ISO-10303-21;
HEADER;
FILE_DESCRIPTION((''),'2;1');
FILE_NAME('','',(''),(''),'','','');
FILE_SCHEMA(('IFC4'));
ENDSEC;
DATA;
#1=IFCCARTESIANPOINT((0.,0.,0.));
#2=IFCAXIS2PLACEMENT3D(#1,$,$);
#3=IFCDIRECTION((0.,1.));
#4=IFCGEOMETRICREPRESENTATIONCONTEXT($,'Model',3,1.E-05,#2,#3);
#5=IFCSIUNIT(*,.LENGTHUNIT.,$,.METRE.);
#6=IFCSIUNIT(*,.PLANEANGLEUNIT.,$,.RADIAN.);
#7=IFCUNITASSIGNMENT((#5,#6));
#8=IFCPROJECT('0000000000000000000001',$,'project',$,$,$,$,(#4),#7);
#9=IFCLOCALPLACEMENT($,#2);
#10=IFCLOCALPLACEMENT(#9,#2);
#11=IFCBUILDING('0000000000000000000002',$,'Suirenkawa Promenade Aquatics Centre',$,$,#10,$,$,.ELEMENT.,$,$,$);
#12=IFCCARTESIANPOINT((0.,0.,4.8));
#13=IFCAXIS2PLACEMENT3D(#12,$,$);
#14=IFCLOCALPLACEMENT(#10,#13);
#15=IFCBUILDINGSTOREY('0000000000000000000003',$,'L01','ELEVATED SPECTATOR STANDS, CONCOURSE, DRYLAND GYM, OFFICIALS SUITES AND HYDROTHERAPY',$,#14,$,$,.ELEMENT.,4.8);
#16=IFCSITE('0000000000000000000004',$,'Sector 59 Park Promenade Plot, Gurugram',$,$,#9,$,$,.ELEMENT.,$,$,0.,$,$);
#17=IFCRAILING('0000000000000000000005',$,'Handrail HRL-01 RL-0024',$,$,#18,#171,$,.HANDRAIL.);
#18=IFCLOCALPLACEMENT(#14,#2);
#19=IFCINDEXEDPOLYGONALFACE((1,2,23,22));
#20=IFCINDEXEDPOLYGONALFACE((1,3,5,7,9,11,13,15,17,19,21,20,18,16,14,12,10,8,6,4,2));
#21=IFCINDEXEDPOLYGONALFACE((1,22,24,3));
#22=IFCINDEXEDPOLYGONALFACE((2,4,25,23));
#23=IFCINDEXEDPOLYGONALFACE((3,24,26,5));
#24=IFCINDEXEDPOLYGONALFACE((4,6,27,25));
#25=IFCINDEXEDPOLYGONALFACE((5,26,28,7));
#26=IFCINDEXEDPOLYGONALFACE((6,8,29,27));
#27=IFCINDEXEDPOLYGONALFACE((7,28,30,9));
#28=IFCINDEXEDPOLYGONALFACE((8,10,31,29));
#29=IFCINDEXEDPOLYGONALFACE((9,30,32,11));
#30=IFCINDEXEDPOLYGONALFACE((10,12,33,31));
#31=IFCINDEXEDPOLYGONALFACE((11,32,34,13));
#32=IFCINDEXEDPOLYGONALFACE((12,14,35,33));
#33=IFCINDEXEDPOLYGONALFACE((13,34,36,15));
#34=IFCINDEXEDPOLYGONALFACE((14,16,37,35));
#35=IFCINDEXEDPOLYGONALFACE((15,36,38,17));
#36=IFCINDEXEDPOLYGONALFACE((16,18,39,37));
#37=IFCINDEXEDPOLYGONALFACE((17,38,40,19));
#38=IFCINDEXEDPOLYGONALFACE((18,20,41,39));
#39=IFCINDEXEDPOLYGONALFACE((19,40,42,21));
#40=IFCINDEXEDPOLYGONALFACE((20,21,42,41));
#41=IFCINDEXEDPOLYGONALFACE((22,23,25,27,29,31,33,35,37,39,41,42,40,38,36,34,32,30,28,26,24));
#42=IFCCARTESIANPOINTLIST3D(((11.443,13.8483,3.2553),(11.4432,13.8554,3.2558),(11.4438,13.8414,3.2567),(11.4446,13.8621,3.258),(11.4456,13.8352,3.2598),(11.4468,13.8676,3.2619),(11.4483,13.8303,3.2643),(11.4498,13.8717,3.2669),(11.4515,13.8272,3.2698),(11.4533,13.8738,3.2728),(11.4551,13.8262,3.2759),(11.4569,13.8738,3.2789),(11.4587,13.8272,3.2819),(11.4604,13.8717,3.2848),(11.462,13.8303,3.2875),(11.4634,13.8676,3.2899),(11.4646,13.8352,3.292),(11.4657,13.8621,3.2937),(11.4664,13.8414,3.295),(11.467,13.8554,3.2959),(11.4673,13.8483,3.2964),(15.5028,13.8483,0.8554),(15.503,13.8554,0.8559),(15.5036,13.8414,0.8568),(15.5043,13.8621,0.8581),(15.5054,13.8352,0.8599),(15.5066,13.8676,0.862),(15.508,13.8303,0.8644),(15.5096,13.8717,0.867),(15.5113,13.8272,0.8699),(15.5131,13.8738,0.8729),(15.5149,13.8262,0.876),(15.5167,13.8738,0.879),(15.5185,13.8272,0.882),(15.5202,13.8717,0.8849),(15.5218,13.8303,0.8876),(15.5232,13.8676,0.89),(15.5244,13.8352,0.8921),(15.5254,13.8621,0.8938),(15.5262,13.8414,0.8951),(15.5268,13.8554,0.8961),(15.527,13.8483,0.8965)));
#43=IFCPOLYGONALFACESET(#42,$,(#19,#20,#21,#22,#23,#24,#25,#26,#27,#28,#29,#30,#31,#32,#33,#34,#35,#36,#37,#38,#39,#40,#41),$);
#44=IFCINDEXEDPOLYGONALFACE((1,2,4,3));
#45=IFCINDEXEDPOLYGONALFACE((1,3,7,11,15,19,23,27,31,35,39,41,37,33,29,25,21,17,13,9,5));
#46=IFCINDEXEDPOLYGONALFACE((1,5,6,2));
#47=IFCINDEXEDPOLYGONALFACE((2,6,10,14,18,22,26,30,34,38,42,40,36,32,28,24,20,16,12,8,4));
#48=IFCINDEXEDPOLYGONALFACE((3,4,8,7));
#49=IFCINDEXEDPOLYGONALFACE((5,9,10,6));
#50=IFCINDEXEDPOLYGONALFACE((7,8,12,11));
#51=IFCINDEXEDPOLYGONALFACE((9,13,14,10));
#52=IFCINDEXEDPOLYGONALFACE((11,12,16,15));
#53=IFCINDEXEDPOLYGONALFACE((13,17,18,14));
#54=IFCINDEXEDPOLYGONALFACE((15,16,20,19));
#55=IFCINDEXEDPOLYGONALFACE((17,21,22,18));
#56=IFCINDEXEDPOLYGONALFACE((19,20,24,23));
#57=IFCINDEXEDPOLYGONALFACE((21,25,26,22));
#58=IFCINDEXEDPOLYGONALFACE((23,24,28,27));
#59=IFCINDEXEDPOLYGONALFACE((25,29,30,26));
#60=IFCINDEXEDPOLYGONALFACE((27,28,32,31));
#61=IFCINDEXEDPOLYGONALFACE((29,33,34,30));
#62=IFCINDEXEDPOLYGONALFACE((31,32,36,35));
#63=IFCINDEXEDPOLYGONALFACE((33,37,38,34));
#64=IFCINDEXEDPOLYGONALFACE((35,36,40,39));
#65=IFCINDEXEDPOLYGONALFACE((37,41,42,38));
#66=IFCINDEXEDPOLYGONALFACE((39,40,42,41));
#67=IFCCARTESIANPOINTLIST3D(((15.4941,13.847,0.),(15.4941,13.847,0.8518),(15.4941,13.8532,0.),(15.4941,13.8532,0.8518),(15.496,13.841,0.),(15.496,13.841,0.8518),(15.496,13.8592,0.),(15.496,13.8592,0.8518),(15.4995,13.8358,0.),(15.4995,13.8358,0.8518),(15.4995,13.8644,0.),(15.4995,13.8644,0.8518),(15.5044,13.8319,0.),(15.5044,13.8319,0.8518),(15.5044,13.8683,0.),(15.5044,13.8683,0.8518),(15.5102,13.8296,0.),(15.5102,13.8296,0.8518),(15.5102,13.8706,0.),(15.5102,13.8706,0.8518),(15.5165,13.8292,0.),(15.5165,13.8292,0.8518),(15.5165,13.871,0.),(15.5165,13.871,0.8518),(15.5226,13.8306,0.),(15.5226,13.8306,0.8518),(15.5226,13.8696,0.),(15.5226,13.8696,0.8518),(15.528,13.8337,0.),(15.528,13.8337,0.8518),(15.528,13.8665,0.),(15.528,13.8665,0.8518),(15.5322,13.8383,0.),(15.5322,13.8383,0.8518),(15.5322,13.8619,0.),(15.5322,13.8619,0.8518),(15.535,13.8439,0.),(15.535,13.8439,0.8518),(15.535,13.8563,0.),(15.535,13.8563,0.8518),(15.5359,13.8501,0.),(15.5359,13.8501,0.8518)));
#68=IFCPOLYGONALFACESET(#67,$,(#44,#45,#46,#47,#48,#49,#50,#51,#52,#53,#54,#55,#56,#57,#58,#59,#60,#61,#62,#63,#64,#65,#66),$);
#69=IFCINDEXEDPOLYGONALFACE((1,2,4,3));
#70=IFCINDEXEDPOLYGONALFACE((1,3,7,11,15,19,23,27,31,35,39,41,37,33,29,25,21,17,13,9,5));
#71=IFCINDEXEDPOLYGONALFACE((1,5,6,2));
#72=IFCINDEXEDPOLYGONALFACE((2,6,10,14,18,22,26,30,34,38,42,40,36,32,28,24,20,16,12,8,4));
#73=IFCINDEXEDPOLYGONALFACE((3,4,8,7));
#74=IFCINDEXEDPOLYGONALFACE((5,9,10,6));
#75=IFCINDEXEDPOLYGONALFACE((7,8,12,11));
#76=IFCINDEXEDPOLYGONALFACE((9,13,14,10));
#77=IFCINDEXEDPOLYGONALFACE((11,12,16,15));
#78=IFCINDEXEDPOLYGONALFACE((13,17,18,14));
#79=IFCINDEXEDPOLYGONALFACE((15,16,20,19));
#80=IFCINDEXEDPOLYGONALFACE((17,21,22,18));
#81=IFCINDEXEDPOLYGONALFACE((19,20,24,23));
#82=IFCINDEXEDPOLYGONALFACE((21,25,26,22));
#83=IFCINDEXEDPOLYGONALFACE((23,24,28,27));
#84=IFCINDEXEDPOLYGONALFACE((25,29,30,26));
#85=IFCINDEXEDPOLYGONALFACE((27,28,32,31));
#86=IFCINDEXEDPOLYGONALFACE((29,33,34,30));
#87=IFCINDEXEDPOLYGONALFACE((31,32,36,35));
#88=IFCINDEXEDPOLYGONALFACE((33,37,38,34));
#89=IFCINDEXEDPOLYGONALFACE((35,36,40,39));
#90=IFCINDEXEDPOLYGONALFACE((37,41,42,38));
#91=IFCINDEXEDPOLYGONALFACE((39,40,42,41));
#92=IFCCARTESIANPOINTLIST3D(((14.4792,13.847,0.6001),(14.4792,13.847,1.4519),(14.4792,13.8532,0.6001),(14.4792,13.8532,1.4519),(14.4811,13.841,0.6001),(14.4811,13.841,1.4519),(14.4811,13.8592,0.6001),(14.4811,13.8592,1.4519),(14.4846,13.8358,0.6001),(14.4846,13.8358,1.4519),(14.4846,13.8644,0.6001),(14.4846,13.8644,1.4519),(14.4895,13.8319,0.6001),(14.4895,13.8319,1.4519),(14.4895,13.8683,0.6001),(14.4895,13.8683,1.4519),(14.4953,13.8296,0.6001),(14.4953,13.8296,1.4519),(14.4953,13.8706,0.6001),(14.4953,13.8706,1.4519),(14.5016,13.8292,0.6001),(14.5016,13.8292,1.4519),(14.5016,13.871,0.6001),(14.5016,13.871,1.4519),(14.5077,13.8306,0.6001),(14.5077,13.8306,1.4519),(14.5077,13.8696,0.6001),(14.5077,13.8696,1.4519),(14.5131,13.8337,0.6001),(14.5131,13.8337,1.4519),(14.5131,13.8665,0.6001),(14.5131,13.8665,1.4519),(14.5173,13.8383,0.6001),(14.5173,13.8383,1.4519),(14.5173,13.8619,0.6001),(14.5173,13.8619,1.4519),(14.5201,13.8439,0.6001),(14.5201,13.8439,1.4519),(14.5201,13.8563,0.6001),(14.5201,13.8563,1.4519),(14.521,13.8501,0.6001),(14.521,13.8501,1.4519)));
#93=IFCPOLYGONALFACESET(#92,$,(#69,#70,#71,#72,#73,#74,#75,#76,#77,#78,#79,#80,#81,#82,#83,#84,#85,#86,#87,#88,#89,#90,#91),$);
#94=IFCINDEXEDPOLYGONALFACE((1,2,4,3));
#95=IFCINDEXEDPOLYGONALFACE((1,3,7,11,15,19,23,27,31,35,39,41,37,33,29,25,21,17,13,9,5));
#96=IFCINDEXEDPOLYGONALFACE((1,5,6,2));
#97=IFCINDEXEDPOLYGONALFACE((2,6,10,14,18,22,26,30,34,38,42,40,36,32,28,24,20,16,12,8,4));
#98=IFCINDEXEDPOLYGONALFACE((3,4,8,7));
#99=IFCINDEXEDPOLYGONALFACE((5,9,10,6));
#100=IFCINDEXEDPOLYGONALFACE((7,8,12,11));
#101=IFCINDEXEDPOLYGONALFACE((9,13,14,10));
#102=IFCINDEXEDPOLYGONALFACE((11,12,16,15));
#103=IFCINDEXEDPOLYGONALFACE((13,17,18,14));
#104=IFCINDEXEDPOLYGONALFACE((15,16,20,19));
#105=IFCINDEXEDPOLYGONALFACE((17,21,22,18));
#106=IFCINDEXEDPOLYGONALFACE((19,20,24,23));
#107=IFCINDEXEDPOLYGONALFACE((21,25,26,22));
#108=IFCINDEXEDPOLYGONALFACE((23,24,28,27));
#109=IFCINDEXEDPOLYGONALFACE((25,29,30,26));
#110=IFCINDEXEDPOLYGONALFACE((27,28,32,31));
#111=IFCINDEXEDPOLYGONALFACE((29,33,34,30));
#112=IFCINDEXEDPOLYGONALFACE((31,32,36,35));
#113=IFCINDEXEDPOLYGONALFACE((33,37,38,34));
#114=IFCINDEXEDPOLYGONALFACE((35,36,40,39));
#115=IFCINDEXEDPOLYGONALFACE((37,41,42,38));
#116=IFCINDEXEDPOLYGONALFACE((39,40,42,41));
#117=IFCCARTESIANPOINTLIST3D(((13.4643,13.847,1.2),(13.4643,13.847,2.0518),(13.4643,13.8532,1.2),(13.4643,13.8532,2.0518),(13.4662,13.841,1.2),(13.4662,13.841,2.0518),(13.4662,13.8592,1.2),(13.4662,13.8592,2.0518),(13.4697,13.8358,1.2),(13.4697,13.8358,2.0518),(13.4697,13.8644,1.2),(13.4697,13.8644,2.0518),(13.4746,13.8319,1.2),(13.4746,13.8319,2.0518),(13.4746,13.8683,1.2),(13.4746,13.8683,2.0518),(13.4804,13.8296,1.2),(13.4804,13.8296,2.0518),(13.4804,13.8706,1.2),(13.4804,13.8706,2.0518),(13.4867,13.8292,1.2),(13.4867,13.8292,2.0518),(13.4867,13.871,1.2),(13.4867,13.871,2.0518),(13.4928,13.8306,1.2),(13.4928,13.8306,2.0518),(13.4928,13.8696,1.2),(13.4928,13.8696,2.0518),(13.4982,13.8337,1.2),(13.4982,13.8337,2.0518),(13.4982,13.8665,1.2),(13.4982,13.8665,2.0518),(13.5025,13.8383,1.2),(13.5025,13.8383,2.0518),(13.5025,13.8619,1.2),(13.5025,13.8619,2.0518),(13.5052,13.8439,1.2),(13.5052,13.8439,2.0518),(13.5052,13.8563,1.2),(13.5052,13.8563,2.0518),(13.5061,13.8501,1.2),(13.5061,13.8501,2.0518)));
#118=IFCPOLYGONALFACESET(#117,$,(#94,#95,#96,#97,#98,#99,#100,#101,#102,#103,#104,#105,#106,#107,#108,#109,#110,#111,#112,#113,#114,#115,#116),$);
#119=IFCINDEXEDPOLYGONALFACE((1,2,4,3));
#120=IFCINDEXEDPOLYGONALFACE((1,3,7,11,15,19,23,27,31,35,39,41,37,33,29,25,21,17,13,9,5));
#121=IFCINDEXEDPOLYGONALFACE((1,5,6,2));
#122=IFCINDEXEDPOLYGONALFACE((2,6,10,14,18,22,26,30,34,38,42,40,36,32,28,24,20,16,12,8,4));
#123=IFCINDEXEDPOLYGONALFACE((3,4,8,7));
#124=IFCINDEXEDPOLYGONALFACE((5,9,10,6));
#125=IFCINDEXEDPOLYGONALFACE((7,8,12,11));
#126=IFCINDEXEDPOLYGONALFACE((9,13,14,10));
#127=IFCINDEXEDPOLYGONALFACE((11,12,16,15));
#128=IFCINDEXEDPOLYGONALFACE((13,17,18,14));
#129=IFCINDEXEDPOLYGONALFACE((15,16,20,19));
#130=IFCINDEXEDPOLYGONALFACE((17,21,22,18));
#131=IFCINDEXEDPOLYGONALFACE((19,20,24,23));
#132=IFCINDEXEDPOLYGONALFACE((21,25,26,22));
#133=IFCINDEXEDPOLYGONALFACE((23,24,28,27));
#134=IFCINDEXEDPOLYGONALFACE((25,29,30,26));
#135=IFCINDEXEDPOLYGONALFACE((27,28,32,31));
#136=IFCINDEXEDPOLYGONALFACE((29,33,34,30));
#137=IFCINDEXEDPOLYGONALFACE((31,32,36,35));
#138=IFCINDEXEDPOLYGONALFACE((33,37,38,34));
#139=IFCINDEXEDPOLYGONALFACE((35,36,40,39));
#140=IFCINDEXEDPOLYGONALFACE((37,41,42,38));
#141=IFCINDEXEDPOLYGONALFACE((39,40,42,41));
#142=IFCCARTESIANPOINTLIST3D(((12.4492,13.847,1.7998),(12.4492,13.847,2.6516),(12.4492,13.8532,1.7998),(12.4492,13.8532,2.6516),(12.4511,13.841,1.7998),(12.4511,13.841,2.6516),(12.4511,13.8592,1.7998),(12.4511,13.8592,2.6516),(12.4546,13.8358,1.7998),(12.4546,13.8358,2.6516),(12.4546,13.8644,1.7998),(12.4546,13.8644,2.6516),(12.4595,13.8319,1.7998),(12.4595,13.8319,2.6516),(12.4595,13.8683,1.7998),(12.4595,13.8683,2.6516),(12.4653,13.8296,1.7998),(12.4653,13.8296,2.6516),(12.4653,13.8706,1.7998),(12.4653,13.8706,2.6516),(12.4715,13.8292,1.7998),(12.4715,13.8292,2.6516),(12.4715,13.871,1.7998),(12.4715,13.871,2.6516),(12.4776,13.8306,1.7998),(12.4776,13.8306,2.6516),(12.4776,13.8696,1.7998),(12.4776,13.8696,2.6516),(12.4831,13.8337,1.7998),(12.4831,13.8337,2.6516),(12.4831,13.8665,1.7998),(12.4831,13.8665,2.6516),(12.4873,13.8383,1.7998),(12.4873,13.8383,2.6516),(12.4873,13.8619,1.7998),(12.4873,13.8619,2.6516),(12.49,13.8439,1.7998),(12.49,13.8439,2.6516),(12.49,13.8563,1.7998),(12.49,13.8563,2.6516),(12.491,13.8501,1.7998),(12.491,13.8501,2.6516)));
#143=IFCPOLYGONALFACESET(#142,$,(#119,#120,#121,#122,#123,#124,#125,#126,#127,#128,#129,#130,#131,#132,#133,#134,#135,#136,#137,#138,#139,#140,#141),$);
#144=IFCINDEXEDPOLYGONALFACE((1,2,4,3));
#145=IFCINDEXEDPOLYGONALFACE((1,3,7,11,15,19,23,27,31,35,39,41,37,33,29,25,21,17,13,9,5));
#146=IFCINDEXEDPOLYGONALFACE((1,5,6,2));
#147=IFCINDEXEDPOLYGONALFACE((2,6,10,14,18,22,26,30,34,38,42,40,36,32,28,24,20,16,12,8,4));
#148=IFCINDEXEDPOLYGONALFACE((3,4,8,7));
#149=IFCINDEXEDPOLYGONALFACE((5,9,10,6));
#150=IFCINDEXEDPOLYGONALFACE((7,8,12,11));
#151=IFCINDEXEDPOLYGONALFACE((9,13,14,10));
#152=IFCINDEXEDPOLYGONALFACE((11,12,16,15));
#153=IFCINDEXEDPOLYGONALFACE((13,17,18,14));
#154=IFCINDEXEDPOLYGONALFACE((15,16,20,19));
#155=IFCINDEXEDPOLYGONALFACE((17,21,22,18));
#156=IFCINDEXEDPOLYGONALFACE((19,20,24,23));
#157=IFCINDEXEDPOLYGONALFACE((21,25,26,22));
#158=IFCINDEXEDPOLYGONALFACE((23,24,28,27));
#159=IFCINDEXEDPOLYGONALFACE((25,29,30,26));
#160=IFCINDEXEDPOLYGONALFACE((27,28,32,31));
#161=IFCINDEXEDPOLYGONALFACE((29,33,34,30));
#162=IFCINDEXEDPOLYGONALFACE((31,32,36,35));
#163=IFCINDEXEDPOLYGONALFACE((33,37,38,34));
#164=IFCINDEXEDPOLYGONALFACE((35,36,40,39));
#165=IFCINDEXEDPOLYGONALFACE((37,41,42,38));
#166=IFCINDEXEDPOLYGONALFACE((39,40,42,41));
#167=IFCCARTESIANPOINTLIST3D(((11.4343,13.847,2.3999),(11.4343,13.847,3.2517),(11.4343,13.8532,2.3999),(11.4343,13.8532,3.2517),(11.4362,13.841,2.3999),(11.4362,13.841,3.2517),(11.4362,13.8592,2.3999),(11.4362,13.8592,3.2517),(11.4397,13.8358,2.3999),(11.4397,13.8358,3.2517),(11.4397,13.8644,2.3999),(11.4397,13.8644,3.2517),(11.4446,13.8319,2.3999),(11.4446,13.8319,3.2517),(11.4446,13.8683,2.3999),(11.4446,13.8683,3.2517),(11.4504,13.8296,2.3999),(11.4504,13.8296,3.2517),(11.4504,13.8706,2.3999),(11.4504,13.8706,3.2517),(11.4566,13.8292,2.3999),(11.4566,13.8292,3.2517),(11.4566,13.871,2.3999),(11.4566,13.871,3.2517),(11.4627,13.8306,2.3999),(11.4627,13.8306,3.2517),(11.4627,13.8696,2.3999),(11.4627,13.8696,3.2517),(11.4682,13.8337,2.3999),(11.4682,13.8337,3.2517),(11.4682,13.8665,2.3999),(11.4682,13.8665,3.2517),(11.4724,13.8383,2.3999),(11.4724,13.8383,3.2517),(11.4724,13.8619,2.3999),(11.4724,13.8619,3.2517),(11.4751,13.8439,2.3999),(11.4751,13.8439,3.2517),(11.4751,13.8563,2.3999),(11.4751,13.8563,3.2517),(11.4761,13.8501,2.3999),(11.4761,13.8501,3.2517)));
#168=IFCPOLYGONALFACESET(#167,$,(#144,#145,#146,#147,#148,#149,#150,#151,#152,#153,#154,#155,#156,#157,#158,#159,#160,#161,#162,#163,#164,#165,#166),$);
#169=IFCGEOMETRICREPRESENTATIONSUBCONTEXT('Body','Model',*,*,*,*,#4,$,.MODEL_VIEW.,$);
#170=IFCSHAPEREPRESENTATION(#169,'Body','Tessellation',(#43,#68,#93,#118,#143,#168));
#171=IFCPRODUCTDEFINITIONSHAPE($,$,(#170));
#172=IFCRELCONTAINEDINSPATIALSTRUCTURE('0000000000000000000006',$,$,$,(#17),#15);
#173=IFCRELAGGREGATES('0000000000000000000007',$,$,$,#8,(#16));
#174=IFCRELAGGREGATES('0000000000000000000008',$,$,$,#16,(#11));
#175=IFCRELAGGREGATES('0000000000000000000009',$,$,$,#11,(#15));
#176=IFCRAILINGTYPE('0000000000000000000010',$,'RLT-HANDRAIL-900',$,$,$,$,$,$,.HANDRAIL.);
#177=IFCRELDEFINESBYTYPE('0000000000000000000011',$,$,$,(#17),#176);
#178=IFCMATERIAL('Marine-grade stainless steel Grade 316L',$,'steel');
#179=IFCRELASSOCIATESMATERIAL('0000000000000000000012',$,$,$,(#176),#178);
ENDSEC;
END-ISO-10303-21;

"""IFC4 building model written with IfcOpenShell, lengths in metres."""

from ifc_helpers import new_model, si_unit, direction, frame, origin, origin_2d, place, context, subcontext, project, spatial, circle, extrude, material, type_object, element, save


model = new_model("IFC4")

# Units and contexts
model_context = context("Model", 3, precision=1e-05, world=origin(), true_north=direction((0.0, 1.0)))
body_context = subcontext(model_context, "Body", "Model", "MODEL_VIEW")
ifc_project = project(units=[si_unit("LENGTHUNIT", "METRE"), si_unit("PLANEANGLEUNIT", "RADIAN")], contexts=[model_context])

# Site, building, storey
site_placement = place(None, origin())
site = spatial("IfcSite", under=ifc_project, at=site_placement, Name="Sector 59 Park Promenade Plot, Gurugram", CompositionType="ELEMENT", RefElevation=0.0)
building_placement = place(site_placement, origin())
building = spatial("IfcBuilding", under=site, at=building_placement, Name="Suirenkawa Promenade Aquatics Centre", CompositionType="ELEMENT")
storey_placement = place(building_placement, frame((0.0, 0.0, 4.8)))
storey = spatial("IfcBuildingStorey", under=building, at=storey_placement, Name="L01", Description="ELEVATED SPECTATOR STANDS, CONCOURSE, DRYLAND GYM, OFFICIALS SUITES AND HYDROTHERAPY", CompositionType="ELEMENT", Elevation=4.8)

# Railing
ifc_material_1 = material(Name="Marine-grade stainless steel Grade 316L", Category="steel")
railing_type_1 = type_object("IfcRailingType", Name="RLT-HANDRAIL-900", PredefinedType="HANDRAIL", material=ifc_material_1)
for number, where, name in (
    (1, (15.5149, 13.8501, 0.0), "Handrail HRL-01 RL-0024"),
):
    element("IfcRailing", number, at=place(storey_placement, frame(where)), inside=storey, type_object=railing_type_1, Name=name, PredefinedType="HANDRAIL", context=body_context, shape_type="SweptSolid", body=[
        extrude(circle(Radius=0.0239, at=origin_2d()), frame((0.0, 0.0, 0.876), z_axis=(-0.860841, 0.0, 0.508874), x_axis=(0.0, -1.0, 0.0)), (0.0, 0.0, 1.0), 4.7161),
        extrude(circle(Radius=0.021, at=origin_2d()), origin(), (0.0, 0.0, 1.0), 0.8518),
        extrude(circle(Radius=0.021, at=origin_2d()), frame((-1.0149, 0.0, 0.6001)), (0.0, 0.0, 1.0), 0.8518),
        extrude(circle(Radius=0.021, at=origin_2d()), frame((-2.0298, 0.0, 1.2)), (0.0, 0.0, 1.0), 0.8518),
        extrude(circle(Radius=0.021, at=origin_2d()), frame((-3.0449, 0.0, 1.7998)), (0.0, 0.0, 1.0), 0.8518),
        extrude(circle(Radius=0.021, at=origin_2d()), frame((-4.0598, 0.0, 2.3999)), (0.0, 0.0, 1.0), 0.8518),
    ])

save(model, "model.ifc")
